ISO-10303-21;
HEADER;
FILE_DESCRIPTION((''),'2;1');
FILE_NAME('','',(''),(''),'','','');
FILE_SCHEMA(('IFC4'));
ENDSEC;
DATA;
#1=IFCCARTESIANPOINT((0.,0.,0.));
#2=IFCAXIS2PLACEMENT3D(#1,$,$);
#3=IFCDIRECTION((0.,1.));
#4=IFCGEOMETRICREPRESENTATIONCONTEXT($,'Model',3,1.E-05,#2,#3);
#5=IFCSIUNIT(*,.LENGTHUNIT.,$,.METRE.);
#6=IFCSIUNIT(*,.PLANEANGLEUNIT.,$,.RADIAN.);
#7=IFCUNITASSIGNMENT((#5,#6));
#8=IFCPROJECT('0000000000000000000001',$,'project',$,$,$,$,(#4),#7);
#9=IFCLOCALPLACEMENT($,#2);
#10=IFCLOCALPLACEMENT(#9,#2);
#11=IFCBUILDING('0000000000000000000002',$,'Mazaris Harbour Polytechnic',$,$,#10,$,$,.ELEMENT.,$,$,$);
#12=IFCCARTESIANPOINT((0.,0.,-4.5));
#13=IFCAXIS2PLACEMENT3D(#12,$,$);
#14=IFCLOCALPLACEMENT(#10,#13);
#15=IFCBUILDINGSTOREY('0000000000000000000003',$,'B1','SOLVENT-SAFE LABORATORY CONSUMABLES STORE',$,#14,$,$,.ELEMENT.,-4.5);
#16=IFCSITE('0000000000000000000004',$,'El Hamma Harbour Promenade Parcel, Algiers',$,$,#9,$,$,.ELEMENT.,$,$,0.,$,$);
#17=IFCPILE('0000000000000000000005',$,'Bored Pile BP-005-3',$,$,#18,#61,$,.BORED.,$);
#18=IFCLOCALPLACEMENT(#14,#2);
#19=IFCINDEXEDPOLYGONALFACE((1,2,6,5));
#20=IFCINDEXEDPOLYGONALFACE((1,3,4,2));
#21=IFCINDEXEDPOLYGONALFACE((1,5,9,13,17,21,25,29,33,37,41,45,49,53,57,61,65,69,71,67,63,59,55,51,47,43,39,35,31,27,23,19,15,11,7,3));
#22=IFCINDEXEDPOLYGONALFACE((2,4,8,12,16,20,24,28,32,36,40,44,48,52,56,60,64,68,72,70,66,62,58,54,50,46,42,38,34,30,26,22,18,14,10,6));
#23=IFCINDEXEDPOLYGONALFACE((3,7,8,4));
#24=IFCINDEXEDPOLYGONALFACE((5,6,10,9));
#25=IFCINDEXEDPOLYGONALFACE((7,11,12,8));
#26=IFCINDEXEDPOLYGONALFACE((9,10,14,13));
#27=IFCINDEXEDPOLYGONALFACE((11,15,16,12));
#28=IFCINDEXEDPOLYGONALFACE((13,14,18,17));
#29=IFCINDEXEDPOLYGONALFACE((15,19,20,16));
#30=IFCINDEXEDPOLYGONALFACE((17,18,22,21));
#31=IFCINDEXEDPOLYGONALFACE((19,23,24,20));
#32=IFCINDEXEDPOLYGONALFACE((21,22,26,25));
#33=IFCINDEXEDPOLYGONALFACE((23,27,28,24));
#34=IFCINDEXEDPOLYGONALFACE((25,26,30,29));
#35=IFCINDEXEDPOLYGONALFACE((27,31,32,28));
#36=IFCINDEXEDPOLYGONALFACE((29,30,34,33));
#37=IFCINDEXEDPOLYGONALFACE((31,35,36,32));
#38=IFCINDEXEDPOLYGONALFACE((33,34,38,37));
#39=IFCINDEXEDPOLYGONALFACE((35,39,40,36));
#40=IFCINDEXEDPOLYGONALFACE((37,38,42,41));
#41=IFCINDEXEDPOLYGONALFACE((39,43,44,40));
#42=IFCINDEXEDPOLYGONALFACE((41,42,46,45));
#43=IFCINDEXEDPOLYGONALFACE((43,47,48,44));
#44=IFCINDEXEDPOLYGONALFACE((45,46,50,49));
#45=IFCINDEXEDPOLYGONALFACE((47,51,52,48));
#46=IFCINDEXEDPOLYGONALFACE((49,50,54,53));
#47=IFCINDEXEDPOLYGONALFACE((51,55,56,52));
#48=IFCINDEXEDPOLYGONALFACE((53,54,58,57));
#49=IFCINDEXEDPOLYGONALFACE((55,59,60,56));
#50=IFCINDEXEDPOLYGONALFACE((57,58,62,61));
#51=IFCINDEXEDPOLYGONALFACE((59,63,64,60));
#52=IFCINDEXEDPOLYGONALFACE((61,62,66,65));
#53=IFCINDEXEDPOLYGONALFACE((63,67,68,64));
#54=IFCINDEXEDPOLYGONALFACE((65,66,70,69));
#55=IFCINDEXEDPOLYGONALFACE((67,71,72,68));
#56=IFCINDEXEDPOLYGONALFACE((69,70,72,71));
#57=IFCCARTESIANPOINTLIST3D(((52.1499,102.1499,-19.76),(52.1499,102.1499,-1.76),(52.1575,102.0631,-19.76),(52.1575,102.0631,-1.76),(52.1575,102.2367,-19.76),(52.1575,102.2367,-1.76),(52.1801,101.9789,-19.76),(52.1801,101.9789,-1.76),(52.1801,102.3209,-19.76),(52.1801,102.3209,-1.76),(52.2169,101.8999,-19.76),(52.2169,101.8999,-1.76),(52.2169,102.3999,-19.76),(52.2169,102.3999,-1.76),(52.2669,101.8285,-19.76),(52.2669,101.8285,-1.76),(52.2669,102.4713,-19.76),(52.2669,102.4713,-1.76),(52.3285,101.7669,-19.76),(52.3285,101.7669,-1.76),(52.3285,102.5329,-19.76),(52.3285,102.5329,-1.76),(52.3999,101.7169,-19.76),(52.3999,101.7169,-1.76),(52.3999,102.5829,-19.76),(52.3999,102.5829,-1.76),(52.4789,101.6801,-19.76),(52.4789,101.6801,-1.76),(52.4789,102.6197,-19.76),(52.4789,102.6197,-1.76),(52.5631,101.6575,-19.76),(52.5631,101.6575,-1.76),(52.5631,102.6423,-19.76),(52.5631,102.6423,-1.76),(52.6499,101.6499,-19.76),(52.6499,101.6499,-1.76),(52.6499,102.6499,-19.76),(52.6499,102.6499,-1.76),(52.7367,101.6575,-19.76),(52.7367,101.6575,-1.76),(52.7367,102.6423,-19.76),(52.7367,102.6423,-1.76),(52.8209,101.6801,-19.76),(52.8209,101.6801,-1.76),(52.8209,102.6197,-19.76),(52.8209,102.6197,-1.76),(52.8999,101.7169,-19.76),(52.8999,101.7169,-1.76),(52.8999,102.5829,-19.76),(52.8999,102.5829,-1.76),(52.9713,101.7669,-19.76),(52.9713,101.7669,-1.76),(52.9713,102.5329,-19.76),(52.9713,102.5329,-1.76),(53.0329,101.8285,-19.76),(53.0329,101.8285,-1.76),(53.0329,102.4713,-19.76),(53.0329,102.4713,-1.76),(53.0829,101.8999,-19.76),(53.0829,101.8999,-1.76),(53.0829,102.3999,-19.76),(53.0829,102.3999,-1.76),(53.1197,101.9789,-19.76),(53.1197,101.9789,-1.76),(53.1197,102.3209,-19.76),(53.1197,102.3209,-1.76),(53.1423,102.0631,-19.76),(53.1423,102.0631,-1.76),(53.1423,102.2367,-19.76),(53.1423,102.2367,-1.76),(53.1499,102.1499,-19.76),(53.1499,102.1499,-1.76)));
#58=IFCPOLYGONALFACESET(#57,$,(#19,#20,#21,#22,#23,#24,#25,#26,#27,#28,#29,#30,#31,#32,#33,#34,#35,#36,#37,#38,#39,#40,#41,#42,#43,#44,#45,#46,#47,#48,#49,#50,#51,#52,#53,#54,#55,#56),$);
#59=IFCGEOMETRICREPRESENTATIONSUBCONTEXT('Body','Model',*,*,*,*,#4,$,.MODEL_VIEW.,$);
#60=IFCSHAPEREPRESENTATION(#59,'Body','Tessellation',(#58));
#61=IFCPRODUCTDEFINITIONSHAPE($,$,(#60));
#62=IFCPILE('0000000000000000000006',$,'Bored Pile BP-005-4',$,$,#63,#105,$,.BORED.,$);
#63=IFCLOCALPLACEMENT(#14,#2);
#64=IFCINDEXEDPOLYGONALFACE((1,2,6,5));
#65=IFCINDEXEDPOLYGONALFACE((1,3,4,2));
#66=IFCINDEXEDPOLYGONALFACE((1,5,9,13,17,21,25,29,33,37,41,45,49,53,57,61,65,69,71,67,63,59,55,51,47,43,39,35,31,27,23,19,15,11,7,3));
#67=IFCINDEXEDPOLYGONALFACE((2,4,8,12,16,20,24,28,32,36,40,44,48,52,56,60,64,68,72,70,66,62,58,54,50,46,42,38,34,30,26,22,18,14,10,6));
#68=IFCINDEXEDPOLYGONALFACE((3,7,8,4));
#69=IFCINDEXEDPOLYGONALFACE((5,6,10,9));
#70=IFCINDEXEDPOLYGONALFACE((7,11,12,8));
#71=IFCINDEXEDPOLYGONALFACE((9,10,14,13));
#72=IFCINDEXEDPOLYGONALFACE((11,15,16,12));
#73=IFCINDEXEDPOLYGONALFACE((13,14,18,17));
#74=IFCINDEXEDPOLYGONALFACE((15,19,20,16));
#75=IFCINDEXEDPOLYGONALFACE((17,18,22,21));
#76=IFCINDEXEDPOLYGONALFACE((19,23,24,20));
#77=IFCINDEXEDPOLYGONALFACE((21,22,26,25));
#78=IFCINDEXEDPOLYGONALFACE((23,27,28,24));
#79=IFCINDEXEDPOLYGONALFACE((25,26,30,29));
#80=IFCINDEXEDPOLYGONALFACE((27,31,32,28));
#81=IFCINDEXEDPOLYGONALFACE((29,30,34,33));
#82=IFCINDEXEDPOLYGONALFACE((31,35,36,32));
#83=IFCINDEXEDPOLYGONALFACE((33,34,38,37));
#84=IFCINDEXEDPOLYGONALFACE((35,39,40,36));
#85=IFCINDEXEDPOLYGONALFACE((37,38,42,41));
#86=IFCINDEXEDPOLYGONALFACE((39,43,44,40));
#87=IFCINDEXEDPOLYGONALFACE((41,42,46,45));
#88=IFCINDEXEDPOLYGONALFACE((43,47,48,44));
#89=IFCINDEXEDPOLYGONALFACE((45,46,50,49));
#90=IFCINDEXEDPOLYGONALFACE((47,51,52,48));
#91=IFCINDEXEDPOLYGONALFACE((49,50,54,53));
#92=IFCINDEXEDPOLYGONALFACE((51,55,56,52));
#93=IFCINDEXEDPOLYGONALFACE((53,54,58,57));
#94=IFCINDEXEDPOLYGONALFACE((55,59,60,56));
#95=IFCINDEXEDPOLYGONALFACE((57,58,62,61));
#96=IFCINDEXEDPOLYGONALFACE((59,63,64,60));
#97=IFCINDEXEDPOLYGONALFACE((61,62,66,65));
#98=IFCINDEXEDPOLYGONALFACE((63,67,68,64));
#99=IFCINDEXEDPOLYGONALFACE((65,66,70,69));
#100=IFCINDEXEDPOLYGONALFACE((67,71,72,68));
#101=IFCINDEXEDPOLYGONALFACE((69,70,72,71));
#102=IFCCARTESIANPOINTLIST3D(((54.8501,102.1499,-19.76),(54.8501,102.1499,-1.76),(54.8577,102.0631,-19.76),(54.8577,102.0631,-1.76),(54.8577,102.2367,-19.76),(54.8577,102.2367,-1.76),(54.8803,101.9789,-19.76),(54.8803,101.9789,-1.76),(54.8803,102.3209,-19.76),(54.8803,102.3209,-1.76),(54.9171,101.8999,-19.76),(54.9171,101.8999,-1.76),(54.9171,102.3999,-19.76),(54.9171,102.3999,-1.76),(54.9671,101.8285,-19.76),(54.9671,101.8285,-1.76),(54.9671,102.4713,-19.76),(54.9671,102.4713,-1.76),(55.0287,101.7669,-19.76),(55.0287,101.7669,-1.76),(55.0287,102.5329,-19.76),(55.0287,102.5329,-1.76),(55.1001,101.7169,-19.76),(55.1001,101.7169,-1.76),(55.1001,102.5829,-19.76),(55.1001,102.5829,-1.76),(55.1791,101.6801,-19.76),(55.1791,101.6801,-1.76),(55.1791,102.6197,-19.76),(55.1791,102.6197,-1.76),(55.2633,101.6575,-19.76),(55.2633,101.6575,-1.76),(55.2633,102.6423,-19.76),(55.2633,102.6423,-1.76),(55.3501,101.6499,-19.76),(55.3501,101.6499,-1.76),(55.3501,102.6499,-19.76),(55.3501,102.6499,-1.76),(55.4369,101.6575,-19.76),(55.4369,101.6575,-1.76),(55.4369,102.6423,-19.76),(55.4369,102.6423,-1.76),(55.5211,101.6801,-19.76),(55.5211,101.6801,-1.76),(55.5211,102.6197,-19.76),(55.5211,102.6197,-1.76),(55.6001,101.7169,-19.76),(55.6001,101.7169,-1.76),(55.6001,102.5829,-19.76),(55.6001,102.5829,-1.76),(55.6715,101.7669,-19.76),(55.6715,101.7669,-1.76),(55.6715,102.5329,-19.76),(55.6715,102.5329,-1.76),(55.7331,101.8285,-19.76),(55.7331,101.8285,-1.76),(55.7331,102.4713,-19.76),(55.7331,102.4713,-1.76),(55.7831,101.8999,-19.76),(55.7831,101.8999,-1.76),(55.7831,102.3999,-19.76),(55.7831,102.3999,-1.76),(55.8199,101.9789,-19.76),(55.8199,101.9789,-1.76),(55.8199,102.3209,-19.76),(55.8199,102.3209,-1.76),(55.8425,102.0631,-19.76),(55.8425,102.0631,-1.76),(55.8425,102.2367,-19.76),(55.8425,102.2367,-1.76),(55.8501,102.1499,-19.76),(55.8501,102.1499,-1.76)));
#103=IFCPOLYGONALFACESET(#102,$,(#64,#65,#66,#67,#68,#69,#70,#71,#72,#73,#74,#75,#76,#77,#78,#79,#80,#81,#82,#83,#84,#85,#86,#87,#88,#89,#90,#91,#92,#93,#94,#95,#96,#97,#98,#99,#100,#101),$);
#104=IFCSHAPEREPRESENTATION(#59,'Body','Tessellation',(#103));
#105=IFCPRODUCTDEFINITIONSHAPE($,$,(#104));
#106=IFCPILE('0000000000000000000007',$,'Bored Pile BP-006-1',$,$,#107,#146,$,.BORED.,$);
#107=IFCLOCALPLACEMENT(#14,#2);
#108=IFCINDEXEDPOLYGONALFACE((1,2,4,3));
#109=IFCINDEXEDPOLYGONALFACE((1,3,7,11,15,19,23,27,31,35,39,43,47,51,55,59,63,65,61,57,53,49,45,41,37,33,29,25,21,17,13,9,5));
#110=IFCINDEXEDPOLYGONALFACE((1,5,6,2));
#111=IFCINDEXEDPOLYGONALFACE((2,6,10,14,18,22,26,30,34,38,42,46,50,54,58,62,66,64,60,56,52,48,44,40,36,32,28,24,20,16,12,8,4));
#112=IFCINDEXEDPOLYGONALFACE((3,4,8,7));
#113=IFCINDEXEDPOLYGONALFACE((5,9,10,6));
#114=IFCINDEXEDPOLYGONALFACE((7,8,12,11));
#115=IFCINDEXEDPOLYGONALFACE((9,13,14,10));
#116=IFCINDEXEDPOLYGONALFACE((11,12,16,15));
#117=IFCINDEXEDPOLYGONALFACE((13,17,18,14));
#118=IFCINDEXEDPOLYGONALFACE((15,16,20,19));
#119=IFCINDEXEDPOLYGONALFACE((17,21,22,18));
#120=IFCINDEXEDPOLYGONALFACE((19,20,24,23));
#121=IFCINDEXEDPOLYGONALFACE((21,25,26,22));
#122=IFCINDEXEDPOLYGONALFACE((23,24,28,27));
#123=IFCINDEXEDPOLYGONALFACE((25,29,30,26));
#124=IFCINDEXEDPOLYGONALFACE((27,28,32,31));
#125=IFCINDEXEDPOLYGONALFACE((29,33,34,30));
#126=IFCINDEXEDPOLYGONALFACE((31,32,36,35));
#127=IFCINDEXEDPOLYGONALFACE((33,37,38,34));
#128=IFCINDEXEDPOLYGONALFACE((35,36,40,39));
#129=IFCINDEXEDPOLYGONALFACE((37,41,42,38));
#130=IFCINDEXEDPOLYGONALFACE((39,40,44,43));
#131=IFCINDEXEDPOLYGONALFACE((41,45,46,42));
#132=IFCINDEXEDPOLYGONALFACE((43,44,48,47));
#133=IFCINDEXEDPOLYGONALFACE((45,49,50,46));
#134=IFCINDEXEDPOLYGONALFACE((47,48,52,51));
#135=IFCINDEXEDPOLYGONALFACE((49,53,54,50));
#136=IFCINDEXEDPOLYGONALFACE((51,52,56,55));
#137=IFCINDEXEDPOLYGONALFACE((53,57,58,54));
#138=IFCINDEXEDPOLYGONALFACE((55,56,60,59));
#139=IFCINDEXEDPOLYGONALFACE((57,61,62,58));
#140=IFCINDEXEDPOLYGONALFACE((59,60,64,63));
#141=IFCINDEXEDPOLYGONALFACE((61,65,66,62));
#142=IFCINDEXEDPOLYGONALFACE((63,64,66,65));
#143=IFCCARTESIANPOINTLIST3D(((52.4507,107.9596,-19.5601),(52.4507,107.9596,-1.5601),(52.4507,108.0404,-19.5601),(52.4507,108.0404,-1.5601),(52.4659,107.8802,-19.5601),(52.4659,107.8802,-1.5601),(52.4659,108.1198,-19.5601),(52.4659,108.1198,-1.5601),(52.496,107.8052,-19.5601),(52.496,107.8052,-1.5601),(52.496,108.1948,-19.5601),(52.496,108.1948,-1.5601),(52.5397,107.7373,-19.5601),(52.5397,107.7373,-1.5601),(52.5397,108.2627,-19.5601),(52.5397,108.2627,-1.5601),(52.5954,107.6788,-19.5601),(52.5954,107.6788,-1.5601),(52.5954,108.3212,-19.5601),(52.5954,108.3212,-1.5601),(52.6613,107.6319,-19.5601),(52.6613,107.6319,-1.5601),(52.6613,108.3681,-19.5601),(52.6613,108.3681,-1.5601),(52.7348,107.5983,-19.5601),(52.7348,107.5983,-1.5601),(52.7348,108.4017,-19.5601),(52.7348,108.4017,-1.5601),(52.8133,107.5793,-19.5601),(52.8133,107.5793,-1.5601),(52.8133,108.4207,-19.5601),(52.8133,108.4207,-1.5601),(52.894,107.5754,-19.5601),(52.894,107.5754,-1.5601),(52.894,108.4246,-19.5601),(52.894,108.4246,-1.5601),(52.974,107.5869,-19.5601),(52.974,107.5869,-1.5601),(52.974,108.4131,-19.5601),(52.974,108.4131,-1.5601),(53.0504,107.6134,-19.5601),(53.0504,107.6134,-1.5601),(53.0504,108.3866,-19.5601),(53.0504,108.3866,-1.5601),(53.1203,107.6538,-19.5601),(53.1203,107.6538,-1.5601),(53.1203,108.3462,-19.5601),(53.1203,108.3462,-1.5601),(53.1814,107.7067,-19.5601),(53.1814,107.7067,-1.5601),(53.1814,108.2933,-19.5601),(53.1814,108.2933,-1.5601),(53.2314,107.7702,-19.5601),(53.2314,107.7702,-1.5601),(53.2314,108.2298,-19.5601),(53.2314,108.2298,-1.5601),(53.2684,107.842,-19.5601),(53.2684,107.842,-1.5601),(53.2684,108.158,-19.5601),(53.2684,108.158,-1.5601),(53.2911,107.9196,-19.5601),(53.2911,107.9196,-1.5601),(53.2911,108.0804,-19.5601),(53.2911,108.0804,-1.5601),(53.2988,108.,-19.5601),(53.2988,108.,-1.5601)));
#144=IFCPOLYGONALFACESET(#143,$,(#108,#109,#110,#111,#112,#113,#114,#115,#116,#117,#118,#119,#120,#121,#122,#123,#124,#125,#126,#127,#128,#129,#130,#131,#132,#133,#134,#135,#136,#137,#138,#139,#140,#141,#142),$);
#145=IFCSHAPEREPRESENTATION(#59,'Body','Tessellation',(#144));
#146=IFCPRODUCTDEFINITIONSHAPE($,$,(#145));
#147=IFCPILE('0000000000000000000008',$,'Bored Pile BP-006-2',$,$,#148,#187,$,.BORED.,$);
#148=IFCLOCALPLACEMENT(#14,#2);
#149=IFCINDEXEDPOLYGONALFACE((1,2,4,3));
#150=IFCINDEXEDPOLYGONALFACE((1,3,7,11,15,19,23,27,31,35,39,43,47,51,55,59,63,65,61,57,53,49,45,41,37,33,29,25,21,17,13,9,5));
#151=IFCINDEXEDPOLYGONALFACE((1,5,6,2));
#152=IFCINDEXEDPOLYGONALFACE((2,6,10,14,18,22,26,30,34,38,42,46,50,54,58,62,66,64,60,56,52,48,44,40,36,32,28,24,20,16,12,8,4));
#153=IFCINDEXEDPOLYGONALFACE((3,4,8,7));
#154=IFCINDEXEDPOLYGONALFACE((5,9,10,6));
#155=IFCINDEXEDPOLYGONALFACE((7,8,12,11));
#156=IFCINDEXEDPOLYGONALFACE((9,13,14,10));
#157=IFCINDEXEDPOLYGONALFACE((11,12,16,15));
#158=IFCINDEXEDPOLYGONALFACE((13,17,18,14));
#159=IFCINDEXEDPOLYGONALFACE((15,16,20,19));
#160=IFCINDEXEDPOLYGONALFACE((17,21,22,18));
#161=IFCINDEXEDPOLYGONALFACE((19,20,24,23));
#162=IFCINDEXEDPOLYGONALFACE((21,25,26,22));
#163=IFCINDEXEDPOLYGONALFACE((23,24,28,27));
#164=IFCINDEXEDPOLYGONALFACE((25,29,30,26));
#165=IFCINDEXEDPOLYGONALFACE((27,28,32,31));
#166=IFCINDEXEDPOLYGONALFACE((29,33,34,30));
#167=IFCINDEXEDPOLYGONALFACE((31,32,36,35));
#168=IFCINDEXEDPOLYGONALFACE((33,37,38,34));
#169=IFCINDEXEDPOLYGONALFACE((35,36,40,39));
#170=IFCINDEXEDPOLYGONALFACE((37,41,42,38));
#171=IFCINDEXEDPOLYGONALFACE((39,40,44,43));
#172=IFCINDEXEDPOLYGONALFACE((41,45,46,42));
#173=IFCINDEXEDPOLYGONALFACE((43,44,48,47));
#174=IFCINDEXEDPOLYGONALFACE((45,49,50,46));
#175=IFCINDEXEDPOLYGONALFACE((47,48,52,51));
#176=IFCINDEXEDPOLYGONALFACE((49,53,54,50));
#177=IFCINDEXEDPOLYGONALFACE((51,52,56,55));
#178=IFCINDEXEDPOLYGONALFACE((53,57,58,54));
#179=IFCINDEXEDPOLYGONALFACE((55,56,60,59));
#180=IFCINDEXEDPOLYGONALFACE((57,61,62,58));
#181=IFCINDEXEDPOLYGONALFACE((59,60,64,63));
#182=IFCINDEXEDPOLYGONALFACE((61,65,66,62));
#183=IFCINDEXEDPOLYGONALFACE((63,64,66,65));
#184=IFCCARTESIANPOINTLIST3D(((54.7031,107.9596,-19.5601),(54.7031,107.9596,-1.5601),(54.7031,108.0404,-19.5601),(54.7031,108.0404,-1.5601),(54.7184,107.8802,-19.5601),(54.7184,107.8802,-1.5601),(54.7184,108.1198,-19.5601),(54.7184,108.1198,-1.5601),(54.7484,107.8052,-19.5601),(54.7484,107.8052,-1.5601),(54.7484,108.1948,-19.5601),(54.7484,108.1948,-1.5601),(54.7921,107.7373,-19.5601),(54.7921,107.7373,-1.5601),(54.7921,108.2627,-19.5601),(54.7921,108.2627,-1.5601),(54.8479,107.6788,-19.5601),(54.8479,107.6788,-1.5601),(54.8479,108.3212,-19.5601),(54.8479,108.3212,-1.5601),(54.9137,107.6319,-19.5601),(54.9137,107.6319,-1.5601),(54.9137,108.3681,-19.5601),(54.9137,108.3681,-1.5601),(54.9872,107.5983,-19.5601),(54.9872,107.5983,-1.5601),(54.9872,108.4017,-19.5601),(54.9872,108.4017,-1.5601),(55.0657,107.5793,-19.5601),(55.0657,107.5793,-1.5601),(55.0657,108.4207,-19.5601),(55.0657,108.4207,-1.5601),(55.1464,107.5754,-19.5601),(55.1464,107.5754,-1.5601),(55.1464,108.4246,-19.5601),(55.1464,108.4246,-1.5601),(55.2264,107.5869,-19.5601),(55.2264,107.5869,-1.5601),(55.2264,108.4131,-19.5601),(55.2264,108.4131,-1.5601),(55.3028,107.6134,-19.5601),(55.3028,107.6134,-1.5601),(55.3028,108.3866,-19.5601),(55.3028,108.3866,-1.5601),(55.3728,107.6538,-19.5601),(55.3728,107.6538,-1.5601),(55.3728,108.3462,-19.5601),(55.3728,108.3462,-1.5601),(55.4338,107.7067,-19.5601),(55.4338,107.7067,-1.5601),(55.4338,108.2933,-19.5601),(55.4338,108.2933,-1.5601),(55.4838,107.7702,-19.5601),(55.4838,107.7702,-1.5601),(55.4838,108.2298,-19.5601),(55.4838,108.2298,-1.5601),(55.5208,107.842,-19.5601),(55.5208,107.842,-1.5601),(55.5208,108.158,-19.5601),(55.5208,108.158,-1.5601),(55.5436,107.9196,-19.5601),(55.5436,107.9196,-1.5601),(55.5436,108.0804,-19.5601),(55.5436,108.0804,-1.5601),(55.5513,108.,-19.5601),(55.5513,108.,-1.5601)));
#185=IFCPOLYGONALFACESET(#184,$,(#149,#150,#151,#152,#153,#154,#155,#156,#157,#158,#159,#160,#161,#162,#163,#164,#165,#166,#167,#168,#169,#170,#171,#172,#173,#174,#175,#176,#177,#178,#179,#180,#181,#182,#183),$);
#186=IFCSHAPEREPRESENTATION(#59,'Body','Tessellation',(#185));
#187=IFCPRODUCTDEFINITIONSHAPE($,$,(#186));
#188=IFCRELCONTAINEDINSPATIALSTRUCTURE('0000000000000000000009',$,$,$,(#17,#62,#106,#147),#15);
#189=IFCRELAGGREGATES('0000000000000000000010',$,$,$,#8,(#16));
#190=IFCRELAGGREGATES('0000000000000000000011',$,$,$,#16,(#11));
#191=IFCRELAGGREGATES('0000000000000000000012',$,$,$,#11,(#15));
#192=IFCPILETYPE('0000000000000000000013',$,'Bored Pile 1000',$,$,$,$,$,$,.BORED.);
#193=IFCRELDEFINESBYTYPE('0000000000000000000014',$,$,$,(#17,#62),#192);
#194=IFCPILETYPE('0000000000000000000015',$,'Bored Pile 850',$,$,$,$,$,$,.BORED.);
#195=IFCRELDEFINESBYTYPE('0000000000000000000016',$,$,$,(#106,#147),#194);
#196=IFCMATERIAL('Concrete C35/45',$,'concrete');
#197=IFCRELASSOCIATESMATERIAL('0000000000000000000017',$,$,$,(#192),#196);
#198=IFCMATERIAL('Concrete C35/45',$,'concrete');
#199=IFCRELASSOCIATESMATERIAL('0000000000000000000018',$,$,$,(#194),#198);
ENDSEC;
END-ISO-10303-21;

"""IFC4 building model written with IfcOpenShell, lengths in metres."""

from ifc_helpers import new_model, si_unit, direction, frame, origin, origin_2d, place, context, subcontext, project, spatial, circle, extrude, material, material_profile, profile_set, type_object, element, save


model = new_model("IFC4")

# Units and contexts
model_context = context("Model", 3, precision=1e-05, world=origin(), true_north=direction((0.0, 1.0)))
body_context = subcontext(model_context, "Body", "Model", "MODEL_VIEW")
ifc_project = project(units=[si_unit("LENGTHUNIT", "METRE"), si_unit("PLANEANGLEUNIT", "RADIAN")], contexts=[model_context])

# Site, building, storey
site_placement = place(None, origin())
site = spatial("IfcSite", under=ifc_project, at=site_placement, Name="El Hamma Harbour Promenade Parcel, Algiers", CompositionType="ELEMENT", RefElevation=0.0)
building_placement = place(site_placement, origin())
building = spatial("IfcBuilding", under=site, at=building_placement, Name="Mazaris Harbour Polytechnic", CompositionType="ELEMENT")
storey_placement = place(building_placement, frame((0.0, 0.0, -4.5)))
storey = spatial("IfcBuildingStorey", under=building, at=storey_placement, Name="B1", Description="SOLVENT-SAFE LABORATORY CONSUMABLES STORE", CompositionType="ELEMENT", Elevation=-4.5)

# Piles
ifc_material_1 = material(Name="Concrete C35/45", Category="concrete")
ifc_material_profile_1 = material_profile(ifc_material_1, circle(Radius=0.5, at=origin_2d()), Name="DIA1000")
ifc_profile_set_1 = profile_set([ifc_material_profile_1], Name="Concrete C35/45")
pile_type_1 = type_object("IfcPileType", Name="Bored Pile 1000", PredefinedType="BORED", material=ifc_profile_set_1)
for number, where, z_axis, x_axis, name in (
    (1, (52.6499, 102.1499, -1.76), (0.0, 0.0, -1.0), (1.0, 0.0, 0.0), "Bored Pile BP-005-3"),
    (2, (55.3501, 102.1499, -1.76), (0.0, 0.0, -1.0), (1.0, 0.0, 0.0), "Bored Pile BP-005-4"),
):
    element("IfcPile", number, at=place(storey_placement, frame(where, z_axis=z_axis, x_axis=x_axis)), inside=storey, type_object=pile_type_1, Name=name, PredefinedType="BORED", context=body_context, shape_type="SweptSolid", body=[
        extrude(circle(Radius=0.5, at=origin_2d()), origin(), (0.0, 0.0, 1.0), 18.0),
    ])
ifc_material_2 = material(Name="Concrete C35/45", Category="concrete")
ifc_material_profile_2 = material_profile(ifc_material_2, circle(Radius=0.425, at=origin_2d()), Name="DIA850")
ifc_profile_set_2 = profile_set([ifc_material_profile_2], Name="Concrete C35/45")
pile_type_2 = type_object("IfcPileType", Name="Bored Pile 850", PredefinedType="BORED", material=ifc_profile_set_2)
for number, where, z_axis, x_axis, name in (
    (3, (52.8738, 108.0, -1.5601), (0.0, 0.0, -1.0), (1.0, 0.0, 0.0), "Bored Pile BP-006-1"),
    (4, (55.1262, 108.0, -1.5601), (0.0, 0.0, -1.0), (1.0, 0.0, 0.0), "Bored Pile BP-006-2"),
):
    element("IfcPile", number, at=place(storey_placement, frame(where, z_axis=z_axis, x_axis=x_axis)), inside=storey, type_object=pile_type_2, Name=name, PredefinedType="BORED", context=body_context, shape_type="SweptSolid", body=[
        extrude(circle(Radius=0.425, at=origin_2d()), origin(), (0.0, 0.0, 1.0), 18.0),
    ])

save(model, "model.ifc")
